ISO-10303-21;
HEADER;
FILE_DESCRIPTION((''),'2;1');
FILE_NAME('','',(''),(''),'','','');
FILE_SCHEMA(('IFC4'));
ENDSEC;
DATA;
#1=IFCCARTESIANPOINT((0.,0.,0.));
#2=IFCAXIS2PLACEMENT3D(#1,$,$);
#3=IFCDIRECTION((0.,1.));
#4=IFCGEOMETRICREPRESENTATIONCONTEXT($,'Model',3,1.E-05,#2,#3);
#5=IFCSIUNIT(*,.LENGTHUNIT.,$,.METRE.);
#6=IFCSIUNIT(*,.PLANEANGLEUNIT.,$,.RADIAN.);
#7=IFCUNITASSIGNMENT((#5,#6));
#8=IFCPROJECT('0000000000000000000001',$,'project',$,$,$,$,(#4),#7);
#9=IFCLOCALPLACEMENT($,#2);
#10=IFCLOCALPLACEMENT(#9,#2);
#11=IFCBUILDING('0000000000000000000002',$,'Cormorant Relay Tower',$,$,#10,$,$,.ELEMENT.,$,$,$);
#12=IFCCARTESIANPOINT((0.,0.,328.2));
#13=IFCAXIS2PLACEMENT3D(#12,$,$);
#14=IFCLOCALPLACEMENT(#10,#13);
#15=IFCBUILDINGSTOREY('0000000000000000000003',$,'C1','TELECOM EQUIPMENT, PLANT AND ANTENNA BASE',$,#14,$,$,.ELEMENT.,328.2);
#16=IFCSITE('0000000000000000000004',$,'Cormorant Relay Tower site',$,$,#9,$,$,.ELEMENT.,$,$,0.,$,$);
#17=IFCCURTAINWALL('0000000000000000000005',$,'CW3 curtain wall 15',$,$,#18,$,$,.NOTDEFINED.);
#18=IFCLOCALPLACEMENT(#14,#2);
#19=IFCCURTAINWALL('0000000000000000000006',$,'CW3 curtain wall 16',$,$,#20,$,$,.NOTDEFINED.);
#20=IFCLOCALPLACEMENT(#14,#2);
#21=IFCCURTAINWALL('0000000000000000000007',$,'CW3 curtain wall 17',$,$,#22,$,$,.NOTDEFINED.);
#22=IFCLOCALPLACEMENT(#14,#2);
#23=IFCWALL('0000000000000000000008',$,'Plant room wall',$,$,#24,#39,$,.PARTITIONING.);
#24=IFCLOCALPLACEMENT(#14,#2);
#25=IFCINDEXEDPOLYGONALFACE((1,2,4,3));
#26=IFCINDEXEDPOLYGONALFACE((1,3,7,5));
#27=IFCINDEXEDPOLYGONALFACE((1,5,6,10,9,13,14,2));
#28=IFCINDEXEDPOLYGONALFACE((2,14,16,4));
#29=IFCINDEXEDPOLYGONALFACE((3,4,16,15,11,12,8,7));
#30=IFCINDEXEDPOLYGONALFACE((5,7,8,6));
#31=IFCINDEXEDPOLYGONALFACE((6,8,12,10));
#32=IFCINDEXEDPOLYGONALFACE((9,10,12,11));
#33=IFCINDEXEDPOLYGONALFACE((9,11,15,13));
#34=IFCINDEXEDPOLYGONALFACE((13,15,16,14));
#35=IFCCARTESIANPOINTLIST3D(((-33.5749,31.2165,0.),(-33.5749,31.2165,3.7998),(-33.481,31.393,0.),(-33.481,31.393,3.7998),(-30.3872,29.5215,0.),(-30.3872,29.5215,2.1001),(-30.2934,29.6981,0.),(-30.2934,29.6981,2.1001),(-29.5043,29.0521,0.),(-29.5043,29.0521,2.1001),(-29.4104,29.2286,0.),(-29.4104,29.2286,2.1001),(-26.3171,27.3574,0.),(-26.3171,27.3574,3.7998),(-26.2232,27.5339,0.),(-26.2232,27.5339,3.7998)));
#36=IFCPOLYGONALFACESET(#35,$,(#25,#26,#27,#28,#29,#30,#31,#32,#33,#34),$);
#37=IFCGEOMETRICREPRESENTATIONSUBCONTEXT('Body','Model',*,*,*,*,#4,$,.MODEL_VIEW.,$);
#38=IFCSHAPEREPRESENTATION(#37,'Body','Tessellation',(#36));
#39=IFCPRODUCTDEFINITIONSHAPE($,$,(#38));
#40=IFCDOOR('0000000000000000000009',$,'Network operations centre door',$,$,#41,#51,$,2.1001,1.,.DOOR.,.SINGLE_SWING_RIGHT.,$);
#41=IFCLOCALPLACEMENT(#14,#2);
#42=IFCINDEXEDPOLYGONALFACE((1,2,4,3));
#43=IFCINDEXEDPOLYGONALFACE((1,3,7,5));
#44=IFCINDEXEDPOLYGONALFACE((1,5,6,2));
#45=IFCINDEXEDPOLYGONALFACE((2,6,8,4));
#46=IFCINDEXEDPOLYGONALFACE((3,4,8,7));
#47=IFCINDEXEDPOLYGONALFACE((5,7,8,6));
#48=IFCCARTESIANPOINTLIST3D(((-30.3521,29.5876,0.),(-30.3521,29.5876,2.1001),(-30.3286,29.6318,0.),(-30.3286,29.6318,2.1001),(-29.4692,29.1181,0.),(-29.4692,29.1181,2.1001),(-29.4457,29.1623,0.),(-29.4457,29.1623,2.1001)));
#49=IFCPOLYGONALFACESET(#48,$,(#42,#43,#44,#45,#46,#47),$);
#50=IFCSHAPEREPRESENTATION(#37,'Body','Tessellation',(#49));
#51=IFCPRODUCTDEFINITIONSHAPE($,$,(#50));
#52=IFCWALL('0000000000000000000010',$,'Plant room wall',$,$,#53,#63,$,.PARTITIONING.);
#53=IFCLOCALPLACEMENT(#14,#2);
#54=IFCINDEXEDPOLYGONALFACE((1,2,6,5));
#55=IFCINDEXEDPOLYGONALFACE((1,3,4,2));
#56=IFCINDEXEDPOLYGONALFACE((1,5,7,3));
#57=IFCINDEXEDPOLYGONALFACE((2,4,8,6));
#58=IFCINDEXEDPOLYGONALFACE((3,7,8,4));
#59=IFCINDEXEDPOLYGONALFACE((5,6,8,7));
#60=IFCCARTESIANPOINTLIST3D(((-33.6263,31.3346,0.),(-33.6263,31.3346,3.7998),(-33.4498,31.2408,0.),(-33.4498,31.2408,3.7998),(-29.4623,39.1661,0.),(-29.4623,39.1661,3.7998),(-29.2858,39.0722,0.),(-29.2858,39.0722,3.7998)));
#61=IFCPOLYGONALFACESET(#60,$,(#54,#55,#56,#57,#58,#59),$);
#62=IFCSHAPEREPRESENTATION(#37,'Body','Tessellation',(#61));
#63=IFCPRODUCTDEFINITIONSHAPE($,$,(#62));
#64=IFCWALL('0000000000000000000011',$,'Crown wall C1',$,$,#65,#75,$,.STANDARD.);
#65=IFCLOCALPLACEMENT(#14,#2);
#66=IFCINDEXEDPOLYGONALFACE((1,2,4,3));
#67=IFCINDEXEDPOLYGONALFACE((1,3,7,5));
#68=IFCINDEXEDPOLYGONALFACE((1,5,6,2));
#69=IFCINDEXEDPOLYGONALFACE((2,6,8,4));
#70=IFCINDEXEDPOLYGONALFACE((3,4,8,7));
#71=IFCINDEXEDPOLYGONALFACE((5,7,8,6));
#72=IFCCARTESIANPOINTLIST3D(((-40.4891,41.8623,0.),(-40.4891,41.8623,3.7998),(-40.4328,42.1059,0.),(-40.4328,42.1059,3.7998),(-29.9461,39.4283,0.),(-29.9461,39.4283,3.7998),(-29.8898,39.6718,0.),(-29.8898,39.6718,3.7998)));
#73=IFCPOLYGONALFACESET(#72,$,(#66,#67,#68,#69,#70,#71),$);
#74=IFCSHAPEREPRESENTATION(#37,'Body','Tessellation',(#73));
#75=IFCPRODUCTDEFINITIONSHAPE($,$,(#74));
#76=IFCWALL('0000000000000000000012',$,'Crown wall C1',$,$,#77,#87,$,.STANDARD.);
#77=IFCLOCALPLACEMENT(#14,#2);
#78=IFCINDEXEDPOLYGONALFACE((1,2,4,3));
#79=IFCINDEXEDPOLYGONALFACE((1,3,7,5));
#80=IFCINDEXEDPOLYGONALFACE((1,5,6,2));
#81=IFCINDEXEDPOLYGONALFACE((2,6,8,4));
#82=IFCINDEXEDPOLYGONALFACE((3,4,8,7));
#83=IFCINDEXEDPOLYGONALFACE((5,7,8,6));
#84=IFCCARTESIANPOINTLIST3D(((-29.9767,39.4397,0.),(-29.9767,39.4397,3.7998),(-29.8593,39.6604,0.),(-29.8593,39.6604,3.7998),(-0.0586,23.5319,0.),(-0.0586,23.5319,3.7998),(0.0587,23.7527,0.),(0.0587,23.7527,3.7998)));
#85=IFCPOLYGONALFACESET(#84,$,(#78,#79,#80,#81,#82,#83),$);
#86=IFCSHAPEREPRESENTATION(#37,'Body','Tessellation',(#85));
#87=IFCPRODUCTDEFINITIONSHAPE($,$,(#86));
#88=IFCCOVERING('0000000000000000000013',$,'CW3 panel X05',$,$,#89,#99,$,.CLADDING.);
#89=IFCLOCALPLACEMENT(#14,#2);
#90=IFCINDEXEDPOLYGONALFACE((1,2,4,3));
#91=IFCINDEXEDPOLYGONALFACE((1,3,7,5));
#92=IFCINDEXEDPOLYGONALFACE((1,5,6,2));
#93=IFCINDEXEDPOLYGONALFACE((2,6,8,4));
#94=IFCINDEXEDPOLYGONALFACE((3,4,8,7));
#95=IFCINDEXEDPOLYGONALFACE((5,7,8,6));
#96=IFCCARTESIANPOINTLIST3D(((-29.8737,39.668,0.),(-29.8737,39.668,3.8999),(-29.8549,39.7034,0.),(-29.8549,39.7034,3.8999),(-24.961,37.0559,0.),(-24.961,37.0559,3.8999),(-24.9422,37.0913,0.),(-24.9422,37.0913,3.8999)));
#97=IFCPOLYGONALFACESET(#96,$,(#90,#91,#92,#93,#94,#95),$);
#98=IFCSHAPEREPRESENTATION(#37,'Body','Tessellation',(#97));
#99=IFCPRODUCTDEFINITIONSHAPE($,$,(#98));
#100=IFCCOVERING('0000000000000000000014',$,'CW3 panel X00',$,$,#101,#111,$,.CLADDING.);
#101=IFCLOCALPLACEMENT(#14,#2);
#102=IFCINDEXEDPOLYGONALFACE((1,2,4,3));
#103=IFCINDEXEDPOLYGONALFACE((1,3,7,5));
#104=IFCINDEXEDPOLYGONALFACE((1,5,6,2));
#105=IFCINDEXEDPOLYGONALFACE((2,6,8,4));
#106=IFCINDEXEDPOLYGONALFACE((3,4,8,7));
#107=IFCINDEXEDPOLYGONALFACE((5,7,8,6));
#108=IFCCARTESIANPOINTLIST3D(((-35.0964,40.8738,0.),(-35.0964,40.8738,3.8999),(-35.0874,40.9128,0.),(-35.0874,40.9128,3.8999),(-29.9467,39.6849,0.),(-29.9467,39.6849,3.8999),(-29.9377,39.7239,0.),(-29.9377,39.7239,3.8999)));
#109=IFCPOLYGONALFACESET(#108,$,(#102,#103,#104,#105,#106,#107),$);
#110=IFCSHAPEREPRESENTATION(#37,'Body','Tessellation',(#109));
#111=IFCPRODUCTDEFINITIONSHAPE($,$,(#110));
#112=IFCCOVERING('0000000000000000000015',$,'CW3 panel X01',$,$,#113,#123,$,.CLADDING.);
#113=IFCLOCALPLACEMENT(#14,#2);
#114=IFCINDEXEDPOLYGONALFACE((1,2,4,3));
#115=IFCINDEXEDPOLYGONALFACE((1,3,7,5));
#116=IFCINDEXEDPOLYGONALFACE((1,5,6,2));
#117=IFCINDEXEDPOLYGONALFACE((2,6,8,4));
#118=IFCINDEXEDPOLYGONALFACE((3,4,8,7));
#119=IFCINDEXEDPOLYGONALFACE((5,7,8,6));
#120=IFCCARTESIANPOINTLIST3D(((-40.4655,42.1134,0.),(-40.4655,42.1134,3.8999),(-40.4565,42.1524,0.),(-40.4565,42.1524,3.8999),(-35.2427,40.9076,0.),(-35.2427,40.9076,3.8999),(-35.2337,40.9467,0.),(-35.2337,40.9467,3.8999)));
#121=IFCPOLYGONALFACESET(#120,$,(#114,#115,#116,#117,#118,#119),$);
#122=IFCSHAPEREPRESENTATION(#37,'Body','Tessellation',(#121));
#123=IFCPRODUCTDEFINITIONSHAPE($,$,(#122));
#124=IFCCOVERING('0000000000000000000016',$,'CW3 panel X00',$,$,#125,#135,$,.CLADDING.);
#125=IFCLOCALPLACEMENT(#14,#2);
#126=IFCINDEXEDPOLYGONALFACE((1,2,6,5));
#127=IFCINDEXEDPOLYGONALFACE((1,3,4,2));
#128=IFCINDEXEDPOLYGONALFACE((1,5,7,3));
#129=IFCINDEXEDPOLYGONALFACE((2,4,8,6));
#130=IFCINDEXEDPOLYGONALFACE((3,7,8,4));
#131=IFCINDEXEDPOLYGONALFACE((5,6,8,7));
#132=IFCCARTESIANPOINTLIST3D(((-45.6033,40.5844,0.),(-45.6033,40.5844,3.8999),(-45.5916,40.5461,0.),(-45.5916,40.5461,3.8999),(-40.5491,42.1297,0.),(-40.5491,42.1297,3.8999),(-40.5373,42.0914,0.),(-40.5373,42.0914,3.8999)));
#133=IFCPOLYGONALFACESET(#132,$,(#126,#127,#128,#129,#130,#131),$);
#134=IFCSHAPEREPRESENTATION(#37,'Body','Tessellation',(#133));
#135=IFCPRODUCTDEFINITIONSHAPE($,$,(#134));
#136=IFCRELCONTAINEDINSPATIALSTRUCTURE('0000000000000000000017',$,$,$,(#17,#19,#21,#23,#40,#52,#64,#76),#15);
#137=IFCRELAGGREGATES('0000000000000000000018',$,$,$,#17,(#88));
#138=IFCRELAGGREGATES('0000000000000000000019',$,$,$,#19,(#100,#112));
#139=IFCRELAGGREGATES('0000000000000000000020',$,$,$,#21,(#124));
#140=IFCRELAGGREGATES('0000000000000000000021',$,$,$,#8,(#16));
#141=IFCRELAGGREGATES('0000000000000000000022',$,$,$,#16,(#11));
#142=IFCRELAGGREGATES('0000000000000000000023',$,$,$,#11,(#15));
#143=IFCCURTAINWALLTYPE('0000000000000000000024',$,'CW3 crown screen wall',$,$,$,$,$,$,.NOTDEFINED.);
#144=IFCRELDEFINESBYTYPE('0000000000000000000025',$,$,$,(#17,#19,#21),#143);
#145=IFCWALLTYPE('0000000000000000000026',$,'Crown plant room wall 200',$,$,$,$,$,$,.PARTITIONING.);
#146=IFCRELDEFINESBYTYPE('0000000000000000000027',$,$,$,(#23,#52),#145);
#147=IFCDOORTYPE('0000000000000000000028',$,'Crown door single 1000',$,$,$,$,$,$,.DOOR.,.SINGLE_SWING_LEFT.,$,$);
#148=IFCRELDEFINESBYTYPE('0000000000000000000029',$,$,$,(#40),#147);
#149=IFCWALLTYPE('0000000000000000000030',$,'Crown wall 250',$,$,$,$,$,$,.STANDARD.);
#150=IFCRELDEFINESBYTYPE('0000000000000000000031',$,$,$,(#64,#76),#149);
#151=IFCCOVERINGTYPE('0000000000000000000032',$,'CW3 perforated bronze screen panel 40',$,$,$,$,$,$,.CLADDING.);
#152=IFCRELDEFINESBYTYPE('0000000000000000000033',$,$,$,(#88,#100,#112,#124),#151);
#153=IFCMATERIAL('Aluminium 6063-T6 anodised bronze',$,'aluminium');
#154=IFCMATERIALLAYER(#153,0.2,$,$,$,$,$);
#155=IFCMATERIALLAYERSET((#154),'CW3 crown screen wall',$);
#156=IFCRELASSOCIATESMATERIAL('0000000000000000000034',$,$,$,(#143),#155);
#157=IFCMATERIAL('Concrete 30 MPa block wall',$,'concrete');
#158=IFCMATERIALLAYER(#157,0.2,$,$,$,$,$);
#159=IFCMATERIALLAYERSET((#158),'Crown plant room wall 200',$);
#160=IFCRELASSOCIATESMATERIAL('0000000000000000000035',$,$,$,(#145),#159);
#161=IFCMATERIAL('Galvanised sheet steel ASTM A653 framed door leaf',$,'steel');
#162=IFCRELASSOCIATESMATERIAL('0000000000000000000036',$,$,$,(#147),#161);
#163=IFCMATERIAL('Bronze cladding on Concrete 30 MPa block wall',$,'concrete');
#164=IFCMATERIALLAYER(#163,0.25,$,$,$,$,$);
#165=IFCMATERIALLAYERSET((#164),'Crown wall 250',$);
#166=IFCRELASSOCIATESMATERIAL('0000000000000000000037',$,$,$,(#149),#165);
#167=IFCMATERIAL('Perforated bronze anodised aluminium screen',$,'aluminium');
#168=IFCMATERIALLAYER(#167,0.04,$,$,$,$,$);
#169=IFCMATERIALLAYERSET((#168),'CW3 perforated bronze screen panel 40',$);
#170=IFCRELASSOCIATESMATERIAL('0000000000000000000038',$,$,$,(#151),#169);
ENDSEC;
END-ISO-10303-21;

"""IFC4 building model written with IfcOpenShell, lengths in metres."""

from ifc_helpers import new_model, si_unit, direction, frame, frame_2d, origin, origin_2d, place, context, subcontext, project, spatial, rectangle, extrude, material, layer, layer_set, type_object, element, fill, aggregate, save


model = new_model("IFC4")

# Units and contexts
model_context = context("Model", 3, precision=1e-05, world=origin(), true_north=direction((0.0, 1.0)))
body_context = subcontext(model_context, "Body", "Model", "MODEL_VIEW")
ifc_project = project(units=[si_unit("LENGTHUNIT", "METRE"), si_unit("PLANEANGLEUNIT", "RADIAN")], contexts=[model_context])

# Site, building, storey
site_placement = place(None, origin())
site = spatial("IfcSite", under=ifc_project, at=site_placement, Name="Cormorant Relay Tower site", CompositionType="ELEMENT", RefElevation=0.0)
building_placement = place(site_placement, origin())
building = spatial("IfcBuilding", under=site, at=building_placement, Name="Cormorant Relay Tower", CompositionType="ELEMENT")
storey_placement = place(building_placement, frame((0.0, 0.0, 328.2)))
storey = spatial("IfcBuildingStorey", under=building, at=storey_placement, Name="C1", Description="TELECOM EQUIPMENT, PLANT AND ANTENNA BASE", CompositionType="ELEMENT", Elevation=328.2)

# Curtain wall
ifc_material_1 = material(Name="Aluminium 6063-T6 anodised bronze", Category="aluminium")
ifc_layer_1 = layer(ifc_material_1, 0.2)
ifc_layer_set_1 = layer_set([ifc_layer_1], Name="CW3 crown screen wall")
curtain_wall_type = type_object("IfcCurtainWallType", Name="CW3 crown screen wall", PredefinedType="NOTDEFINED", material=ifc_layer_set_1)
curtain_wall_1_placement = place(storey_placement, origin())
curtain_wall_1 = element("IfcCurtainWall", 1, at=curtain_wall_1_placement, inside=storey, type_object=curtain_wall_type, Name="CW3 curtain wall 15", PredefinedType="NOTDEFINED")

# Curtain walls
curtain_wall_2_placement = place(storey_placement, origin())
curtain_wall_2 = element("IfcCurtainWall", 2, at=curtain_wall_2_placement, inside=storey, type_object=curtain_wall_type, Name="CW3 curtain wall 16", PredefinedType="NOTDEFINED")
curtain_wall_3_placement = place(storey_placement, origin())
curtain_wall_3 = element("IfcCurtainWall", 3, at=curtain_wall_3_placement, inside=storey, type_object=curtain_wall_type, Name="CW3 curtain wall 17", PredefinedType="NOTDEFINED")

# Shared definitions
ifc_material_2 = material(Name="Concrete 30 MPa block wall", Category="concrete")
ifc_layer_2 = layer(ifc_material_2, 0.2)
ifc_layer_set_2 = layer_set([ifc_layer_2], Name="Crown plant room wall 200")
wall_type_1 = type_object("IfcWallType", Name="Crown plant room wall 200", PredefinedType="PARTITIONING", material=ifc_layer_set_2)

# Wall, opening, door
wall_1_placement = place(storey_placement, frame((-33.5278, 31.3047, 0.0), z_axis=(0.0, 0.0, 1.0), x_axis=(0.882943, -0.469479, 0.0)))
wall_1 = element("IfcWall", 4, at=wall_1_placement, inside=storey, type_object=wall_type_1, Name="Plant room wall", PredefinedType="PARTITIONING", context=body_context, shape_type="SweptSolid", body=[
    extrude(rectangle(XDim=8.22, YDim=0.2, at=frame_2d((4.1099, 0.0))), origin(), (0.0, 0.0, 1.0), 3.7998),
])
opening_placement = place(wall_1_placement, frame((3.6101, 0.0, 0.0)))
opening = element("IfcOpeningElement", 5, at=opening_placement, cuts=wall_1, PredefinedType="OPENING", context=body_context, shape_type="SweptSolid", body=[
    extrude(rectangle(XDim=1.0, YDim=2.1001, at=frame_2d((0.5, 1.05))), frame((0.0, 0.1099, 0.0), z_axis=(0.0, -1.0, 0.0), x_axis=(1.0, 0.0, 0.0)), (0.0, 0.0, 1.0), 0.22),
])
ifc_material_3 = material(Name="Galvanised sheet steel ASTM A653 framed door leaf", Category="steel")
door_type = type_object("IfcDoorType", Name="Crown door single 1000", OperationType="SINGLE_SWING_LEFT", PredefinedType="DOOR", material=ifc_material_3)
door_placement = place(opening_placement, origin())
door = element("IfcDoor", 6, at=door_placement, inside=storey, type_object=door_type, Name="Network operations centre door", OperationType="SINGLE_SWING_RIGHT", OverallHeight=2.1001, OverallWidth=1.0, PredefinedType="DOOR", context=body_context, shape_type="SweptSolid", body=[
    extrude(rectangle(XDim=1.0, YDim=2.1001, at=frame_2d((0.5, 1.05))), frame((0.0, 0.0249, 0.0), z_axis=(0.0, -1.0, 0.0), x_axis=(1.0, 0.0, 0.0)), (0.0, 0.0, 1.0), 0.05),
])
fill(opening, door)

# Walls
wall_2_placement = place(storey_placement, frame((-29.374, 39.1191, 0.0), z_axis=(0.0, 0.0, 1.0), x_axis=(-0.469468, -0.88295, 0.0)))
element("IfcWall", 7, at=wall_2_placement, inside=storey, type_object=wall_type_1, Name="Plant room wall", PredefinedType="PARTITIONING", context=body_context, shape_type="SweptSolid", body=[
    extrude(rectangle(XDim=8.8696, YDim=0.2, at=frame_2d((4.4348, 0.0))), origin(), (0.0, 0.0, 1.0), 3.7998),
])
ifc_material_4 = material(Name="Bronze cladding on Concrete 30 MPa block wall", Category="concrete")
ifc_layer_3 = layer(ifc_material_4, 0.25)
ifc_layer_set_3 = layer_set([ifc_layer_3], Name="Crown wall 250")
wall_type_2 = type_object("IfcWallType", Name="Crown wall 250", PredefinedType="STANDARD", material=ifc_layer_set_3)
wall_3_placement = place(storey_placement, frame((-40.4609, 41.9841, 0.0), z_axis=(0.0, 0.0, 1.0), x_axis=(0.974369, -0.224955, 0.0)))
element("IfcWall", 8, at=wall_3_placement, inside=storey, type_object=wall_type_2, Name="Crown wall C1", PredefinedType="STANDARD", context=body_context, shape_type="SweptSolid", body=[
    extrude(rectangle(XDim=10.8203, YDim=0.25, at=frame_2d((5.4102, 0.0))), origin(), (0.0, 0.0, 1.0), 3.7998),
])
wall_4_placement = place(storey_placement, frame((-29.918, 39.55, 0.0), z_axis=(0.0, 0.0, 1.0), x_axis=(0.882947, -0.469473, 0.0)))
element("IfcWall", 9, at=wall_4_placement, inside=storey, type_object=wall_type_2, Name="Crown wall C1", PredefinedType="STANDARD", context=body_context, shape_type="SweptSolid", body=[
    extrude(rectangle(XDim=33.8843, YDim=0.25, at=frame_2d((16.9421, 0.0))), origin(), (0.0, 0.0, 1.0), 3.7998),
])

# Coverings
ifc_material_5 = material(Name="Perforated bronze anodised aluminium screen", Category="aluminium")
ifc_layer_4 = layer(ifc_material_5, 0.04)
ifc_layer_set_4 = layer_set([ifc_layer_4], Name="CW3 perforated bronze screen panel 40")
covering_type = type_object("IfcCoveringType", Name="CW3 perforated bronze screen panel 40", PredefinedType="CLADDING", material=ifc_layer_set_4)
covering_1_placement = place(storey_placement, frame((-27.408, 38.3796, 0.0), z_axis=(0.0, 0.0, 1.0), x_axis=(-0.882948, 0.469472, 0.0)))
covering_1 = element("IfcCovering", 10, at=covering_1_placement, type_object=covering_type, Name="CW3 panel X05", PredefinedType="CLADDING", context=body_context, shape_type="SweptSolid", body=[
    extrude(rectangle(XDim=5.564, YDim=0.04, at=origin_2d()), origin(), (0.0, 0.0, 1.0), 3.8999),
])
aggregate(curtain_wall_1, [covering_1])
covering_2_placement = place(storey_placement, frame((-32.5171, 40.2988, 0.0), z_axis=(0.0, 0.0, 1.0), x_axis=(-0.97437, 0.224951, 0.0)))
covering_2 = element("IfcCovering", 11, at=covering_2_placement, type_object=covering_type, Name="CW3 panel X00", PredefinedType="CLADDING", context=body_context, shape_type="SweptSolid", body=[
    extrude(rectangle(XDim=5.2852, YDim=0.04, at=origin_2d()), origin(), (0.0, 0.0, 1.0), 3.8999),
])
covering_3_placement = place(storey_placement, frame((-37.8496, 41.53, 0.0), z_axis=(0.0, 0.0, 1.0), x_axis=(-0.97437, 0.224951, 0.0)))
covering_3 = element("IfcCovering", 12, at=covering_3_placement, type_object=covering_type, Name="CW3 panel X01", PredefinedType="CLADDING", context=body_context, shape_type="SweptSolid", body=[
    extrude(rectangle(XDim=5.3601, YDim=0.04, at=origin_2d()), origin(), (0.0, 0.0, 1.0), 3.8999),
])
aggregate(curtain_wall_2, [covering_2, covering_3])
covering_4_placement = place(storey_placement, frame((-43.0703, 41.3379, 0.0), z_axis=(0.0, 0.0, 1.0), x_axis=(-0.956305, -0.292372, 0.0)))
covering_4 = element("IfcCovering", 13, at=covering_4_placement, type_object=covering_type, Name="CW3 panel X00", PredefinedType="CLADDING", context=body_context, shape_type="SweptSolid", body=[
    extrude(rectangle(XDim=5.2852, YDim=0.04, at=origin_2d()), origin(), (0.0, 0.0, 1.0), 3.8999),
])
aggregate(curtain_wall_3, [covering_4])

save(model, "model.ifc")
